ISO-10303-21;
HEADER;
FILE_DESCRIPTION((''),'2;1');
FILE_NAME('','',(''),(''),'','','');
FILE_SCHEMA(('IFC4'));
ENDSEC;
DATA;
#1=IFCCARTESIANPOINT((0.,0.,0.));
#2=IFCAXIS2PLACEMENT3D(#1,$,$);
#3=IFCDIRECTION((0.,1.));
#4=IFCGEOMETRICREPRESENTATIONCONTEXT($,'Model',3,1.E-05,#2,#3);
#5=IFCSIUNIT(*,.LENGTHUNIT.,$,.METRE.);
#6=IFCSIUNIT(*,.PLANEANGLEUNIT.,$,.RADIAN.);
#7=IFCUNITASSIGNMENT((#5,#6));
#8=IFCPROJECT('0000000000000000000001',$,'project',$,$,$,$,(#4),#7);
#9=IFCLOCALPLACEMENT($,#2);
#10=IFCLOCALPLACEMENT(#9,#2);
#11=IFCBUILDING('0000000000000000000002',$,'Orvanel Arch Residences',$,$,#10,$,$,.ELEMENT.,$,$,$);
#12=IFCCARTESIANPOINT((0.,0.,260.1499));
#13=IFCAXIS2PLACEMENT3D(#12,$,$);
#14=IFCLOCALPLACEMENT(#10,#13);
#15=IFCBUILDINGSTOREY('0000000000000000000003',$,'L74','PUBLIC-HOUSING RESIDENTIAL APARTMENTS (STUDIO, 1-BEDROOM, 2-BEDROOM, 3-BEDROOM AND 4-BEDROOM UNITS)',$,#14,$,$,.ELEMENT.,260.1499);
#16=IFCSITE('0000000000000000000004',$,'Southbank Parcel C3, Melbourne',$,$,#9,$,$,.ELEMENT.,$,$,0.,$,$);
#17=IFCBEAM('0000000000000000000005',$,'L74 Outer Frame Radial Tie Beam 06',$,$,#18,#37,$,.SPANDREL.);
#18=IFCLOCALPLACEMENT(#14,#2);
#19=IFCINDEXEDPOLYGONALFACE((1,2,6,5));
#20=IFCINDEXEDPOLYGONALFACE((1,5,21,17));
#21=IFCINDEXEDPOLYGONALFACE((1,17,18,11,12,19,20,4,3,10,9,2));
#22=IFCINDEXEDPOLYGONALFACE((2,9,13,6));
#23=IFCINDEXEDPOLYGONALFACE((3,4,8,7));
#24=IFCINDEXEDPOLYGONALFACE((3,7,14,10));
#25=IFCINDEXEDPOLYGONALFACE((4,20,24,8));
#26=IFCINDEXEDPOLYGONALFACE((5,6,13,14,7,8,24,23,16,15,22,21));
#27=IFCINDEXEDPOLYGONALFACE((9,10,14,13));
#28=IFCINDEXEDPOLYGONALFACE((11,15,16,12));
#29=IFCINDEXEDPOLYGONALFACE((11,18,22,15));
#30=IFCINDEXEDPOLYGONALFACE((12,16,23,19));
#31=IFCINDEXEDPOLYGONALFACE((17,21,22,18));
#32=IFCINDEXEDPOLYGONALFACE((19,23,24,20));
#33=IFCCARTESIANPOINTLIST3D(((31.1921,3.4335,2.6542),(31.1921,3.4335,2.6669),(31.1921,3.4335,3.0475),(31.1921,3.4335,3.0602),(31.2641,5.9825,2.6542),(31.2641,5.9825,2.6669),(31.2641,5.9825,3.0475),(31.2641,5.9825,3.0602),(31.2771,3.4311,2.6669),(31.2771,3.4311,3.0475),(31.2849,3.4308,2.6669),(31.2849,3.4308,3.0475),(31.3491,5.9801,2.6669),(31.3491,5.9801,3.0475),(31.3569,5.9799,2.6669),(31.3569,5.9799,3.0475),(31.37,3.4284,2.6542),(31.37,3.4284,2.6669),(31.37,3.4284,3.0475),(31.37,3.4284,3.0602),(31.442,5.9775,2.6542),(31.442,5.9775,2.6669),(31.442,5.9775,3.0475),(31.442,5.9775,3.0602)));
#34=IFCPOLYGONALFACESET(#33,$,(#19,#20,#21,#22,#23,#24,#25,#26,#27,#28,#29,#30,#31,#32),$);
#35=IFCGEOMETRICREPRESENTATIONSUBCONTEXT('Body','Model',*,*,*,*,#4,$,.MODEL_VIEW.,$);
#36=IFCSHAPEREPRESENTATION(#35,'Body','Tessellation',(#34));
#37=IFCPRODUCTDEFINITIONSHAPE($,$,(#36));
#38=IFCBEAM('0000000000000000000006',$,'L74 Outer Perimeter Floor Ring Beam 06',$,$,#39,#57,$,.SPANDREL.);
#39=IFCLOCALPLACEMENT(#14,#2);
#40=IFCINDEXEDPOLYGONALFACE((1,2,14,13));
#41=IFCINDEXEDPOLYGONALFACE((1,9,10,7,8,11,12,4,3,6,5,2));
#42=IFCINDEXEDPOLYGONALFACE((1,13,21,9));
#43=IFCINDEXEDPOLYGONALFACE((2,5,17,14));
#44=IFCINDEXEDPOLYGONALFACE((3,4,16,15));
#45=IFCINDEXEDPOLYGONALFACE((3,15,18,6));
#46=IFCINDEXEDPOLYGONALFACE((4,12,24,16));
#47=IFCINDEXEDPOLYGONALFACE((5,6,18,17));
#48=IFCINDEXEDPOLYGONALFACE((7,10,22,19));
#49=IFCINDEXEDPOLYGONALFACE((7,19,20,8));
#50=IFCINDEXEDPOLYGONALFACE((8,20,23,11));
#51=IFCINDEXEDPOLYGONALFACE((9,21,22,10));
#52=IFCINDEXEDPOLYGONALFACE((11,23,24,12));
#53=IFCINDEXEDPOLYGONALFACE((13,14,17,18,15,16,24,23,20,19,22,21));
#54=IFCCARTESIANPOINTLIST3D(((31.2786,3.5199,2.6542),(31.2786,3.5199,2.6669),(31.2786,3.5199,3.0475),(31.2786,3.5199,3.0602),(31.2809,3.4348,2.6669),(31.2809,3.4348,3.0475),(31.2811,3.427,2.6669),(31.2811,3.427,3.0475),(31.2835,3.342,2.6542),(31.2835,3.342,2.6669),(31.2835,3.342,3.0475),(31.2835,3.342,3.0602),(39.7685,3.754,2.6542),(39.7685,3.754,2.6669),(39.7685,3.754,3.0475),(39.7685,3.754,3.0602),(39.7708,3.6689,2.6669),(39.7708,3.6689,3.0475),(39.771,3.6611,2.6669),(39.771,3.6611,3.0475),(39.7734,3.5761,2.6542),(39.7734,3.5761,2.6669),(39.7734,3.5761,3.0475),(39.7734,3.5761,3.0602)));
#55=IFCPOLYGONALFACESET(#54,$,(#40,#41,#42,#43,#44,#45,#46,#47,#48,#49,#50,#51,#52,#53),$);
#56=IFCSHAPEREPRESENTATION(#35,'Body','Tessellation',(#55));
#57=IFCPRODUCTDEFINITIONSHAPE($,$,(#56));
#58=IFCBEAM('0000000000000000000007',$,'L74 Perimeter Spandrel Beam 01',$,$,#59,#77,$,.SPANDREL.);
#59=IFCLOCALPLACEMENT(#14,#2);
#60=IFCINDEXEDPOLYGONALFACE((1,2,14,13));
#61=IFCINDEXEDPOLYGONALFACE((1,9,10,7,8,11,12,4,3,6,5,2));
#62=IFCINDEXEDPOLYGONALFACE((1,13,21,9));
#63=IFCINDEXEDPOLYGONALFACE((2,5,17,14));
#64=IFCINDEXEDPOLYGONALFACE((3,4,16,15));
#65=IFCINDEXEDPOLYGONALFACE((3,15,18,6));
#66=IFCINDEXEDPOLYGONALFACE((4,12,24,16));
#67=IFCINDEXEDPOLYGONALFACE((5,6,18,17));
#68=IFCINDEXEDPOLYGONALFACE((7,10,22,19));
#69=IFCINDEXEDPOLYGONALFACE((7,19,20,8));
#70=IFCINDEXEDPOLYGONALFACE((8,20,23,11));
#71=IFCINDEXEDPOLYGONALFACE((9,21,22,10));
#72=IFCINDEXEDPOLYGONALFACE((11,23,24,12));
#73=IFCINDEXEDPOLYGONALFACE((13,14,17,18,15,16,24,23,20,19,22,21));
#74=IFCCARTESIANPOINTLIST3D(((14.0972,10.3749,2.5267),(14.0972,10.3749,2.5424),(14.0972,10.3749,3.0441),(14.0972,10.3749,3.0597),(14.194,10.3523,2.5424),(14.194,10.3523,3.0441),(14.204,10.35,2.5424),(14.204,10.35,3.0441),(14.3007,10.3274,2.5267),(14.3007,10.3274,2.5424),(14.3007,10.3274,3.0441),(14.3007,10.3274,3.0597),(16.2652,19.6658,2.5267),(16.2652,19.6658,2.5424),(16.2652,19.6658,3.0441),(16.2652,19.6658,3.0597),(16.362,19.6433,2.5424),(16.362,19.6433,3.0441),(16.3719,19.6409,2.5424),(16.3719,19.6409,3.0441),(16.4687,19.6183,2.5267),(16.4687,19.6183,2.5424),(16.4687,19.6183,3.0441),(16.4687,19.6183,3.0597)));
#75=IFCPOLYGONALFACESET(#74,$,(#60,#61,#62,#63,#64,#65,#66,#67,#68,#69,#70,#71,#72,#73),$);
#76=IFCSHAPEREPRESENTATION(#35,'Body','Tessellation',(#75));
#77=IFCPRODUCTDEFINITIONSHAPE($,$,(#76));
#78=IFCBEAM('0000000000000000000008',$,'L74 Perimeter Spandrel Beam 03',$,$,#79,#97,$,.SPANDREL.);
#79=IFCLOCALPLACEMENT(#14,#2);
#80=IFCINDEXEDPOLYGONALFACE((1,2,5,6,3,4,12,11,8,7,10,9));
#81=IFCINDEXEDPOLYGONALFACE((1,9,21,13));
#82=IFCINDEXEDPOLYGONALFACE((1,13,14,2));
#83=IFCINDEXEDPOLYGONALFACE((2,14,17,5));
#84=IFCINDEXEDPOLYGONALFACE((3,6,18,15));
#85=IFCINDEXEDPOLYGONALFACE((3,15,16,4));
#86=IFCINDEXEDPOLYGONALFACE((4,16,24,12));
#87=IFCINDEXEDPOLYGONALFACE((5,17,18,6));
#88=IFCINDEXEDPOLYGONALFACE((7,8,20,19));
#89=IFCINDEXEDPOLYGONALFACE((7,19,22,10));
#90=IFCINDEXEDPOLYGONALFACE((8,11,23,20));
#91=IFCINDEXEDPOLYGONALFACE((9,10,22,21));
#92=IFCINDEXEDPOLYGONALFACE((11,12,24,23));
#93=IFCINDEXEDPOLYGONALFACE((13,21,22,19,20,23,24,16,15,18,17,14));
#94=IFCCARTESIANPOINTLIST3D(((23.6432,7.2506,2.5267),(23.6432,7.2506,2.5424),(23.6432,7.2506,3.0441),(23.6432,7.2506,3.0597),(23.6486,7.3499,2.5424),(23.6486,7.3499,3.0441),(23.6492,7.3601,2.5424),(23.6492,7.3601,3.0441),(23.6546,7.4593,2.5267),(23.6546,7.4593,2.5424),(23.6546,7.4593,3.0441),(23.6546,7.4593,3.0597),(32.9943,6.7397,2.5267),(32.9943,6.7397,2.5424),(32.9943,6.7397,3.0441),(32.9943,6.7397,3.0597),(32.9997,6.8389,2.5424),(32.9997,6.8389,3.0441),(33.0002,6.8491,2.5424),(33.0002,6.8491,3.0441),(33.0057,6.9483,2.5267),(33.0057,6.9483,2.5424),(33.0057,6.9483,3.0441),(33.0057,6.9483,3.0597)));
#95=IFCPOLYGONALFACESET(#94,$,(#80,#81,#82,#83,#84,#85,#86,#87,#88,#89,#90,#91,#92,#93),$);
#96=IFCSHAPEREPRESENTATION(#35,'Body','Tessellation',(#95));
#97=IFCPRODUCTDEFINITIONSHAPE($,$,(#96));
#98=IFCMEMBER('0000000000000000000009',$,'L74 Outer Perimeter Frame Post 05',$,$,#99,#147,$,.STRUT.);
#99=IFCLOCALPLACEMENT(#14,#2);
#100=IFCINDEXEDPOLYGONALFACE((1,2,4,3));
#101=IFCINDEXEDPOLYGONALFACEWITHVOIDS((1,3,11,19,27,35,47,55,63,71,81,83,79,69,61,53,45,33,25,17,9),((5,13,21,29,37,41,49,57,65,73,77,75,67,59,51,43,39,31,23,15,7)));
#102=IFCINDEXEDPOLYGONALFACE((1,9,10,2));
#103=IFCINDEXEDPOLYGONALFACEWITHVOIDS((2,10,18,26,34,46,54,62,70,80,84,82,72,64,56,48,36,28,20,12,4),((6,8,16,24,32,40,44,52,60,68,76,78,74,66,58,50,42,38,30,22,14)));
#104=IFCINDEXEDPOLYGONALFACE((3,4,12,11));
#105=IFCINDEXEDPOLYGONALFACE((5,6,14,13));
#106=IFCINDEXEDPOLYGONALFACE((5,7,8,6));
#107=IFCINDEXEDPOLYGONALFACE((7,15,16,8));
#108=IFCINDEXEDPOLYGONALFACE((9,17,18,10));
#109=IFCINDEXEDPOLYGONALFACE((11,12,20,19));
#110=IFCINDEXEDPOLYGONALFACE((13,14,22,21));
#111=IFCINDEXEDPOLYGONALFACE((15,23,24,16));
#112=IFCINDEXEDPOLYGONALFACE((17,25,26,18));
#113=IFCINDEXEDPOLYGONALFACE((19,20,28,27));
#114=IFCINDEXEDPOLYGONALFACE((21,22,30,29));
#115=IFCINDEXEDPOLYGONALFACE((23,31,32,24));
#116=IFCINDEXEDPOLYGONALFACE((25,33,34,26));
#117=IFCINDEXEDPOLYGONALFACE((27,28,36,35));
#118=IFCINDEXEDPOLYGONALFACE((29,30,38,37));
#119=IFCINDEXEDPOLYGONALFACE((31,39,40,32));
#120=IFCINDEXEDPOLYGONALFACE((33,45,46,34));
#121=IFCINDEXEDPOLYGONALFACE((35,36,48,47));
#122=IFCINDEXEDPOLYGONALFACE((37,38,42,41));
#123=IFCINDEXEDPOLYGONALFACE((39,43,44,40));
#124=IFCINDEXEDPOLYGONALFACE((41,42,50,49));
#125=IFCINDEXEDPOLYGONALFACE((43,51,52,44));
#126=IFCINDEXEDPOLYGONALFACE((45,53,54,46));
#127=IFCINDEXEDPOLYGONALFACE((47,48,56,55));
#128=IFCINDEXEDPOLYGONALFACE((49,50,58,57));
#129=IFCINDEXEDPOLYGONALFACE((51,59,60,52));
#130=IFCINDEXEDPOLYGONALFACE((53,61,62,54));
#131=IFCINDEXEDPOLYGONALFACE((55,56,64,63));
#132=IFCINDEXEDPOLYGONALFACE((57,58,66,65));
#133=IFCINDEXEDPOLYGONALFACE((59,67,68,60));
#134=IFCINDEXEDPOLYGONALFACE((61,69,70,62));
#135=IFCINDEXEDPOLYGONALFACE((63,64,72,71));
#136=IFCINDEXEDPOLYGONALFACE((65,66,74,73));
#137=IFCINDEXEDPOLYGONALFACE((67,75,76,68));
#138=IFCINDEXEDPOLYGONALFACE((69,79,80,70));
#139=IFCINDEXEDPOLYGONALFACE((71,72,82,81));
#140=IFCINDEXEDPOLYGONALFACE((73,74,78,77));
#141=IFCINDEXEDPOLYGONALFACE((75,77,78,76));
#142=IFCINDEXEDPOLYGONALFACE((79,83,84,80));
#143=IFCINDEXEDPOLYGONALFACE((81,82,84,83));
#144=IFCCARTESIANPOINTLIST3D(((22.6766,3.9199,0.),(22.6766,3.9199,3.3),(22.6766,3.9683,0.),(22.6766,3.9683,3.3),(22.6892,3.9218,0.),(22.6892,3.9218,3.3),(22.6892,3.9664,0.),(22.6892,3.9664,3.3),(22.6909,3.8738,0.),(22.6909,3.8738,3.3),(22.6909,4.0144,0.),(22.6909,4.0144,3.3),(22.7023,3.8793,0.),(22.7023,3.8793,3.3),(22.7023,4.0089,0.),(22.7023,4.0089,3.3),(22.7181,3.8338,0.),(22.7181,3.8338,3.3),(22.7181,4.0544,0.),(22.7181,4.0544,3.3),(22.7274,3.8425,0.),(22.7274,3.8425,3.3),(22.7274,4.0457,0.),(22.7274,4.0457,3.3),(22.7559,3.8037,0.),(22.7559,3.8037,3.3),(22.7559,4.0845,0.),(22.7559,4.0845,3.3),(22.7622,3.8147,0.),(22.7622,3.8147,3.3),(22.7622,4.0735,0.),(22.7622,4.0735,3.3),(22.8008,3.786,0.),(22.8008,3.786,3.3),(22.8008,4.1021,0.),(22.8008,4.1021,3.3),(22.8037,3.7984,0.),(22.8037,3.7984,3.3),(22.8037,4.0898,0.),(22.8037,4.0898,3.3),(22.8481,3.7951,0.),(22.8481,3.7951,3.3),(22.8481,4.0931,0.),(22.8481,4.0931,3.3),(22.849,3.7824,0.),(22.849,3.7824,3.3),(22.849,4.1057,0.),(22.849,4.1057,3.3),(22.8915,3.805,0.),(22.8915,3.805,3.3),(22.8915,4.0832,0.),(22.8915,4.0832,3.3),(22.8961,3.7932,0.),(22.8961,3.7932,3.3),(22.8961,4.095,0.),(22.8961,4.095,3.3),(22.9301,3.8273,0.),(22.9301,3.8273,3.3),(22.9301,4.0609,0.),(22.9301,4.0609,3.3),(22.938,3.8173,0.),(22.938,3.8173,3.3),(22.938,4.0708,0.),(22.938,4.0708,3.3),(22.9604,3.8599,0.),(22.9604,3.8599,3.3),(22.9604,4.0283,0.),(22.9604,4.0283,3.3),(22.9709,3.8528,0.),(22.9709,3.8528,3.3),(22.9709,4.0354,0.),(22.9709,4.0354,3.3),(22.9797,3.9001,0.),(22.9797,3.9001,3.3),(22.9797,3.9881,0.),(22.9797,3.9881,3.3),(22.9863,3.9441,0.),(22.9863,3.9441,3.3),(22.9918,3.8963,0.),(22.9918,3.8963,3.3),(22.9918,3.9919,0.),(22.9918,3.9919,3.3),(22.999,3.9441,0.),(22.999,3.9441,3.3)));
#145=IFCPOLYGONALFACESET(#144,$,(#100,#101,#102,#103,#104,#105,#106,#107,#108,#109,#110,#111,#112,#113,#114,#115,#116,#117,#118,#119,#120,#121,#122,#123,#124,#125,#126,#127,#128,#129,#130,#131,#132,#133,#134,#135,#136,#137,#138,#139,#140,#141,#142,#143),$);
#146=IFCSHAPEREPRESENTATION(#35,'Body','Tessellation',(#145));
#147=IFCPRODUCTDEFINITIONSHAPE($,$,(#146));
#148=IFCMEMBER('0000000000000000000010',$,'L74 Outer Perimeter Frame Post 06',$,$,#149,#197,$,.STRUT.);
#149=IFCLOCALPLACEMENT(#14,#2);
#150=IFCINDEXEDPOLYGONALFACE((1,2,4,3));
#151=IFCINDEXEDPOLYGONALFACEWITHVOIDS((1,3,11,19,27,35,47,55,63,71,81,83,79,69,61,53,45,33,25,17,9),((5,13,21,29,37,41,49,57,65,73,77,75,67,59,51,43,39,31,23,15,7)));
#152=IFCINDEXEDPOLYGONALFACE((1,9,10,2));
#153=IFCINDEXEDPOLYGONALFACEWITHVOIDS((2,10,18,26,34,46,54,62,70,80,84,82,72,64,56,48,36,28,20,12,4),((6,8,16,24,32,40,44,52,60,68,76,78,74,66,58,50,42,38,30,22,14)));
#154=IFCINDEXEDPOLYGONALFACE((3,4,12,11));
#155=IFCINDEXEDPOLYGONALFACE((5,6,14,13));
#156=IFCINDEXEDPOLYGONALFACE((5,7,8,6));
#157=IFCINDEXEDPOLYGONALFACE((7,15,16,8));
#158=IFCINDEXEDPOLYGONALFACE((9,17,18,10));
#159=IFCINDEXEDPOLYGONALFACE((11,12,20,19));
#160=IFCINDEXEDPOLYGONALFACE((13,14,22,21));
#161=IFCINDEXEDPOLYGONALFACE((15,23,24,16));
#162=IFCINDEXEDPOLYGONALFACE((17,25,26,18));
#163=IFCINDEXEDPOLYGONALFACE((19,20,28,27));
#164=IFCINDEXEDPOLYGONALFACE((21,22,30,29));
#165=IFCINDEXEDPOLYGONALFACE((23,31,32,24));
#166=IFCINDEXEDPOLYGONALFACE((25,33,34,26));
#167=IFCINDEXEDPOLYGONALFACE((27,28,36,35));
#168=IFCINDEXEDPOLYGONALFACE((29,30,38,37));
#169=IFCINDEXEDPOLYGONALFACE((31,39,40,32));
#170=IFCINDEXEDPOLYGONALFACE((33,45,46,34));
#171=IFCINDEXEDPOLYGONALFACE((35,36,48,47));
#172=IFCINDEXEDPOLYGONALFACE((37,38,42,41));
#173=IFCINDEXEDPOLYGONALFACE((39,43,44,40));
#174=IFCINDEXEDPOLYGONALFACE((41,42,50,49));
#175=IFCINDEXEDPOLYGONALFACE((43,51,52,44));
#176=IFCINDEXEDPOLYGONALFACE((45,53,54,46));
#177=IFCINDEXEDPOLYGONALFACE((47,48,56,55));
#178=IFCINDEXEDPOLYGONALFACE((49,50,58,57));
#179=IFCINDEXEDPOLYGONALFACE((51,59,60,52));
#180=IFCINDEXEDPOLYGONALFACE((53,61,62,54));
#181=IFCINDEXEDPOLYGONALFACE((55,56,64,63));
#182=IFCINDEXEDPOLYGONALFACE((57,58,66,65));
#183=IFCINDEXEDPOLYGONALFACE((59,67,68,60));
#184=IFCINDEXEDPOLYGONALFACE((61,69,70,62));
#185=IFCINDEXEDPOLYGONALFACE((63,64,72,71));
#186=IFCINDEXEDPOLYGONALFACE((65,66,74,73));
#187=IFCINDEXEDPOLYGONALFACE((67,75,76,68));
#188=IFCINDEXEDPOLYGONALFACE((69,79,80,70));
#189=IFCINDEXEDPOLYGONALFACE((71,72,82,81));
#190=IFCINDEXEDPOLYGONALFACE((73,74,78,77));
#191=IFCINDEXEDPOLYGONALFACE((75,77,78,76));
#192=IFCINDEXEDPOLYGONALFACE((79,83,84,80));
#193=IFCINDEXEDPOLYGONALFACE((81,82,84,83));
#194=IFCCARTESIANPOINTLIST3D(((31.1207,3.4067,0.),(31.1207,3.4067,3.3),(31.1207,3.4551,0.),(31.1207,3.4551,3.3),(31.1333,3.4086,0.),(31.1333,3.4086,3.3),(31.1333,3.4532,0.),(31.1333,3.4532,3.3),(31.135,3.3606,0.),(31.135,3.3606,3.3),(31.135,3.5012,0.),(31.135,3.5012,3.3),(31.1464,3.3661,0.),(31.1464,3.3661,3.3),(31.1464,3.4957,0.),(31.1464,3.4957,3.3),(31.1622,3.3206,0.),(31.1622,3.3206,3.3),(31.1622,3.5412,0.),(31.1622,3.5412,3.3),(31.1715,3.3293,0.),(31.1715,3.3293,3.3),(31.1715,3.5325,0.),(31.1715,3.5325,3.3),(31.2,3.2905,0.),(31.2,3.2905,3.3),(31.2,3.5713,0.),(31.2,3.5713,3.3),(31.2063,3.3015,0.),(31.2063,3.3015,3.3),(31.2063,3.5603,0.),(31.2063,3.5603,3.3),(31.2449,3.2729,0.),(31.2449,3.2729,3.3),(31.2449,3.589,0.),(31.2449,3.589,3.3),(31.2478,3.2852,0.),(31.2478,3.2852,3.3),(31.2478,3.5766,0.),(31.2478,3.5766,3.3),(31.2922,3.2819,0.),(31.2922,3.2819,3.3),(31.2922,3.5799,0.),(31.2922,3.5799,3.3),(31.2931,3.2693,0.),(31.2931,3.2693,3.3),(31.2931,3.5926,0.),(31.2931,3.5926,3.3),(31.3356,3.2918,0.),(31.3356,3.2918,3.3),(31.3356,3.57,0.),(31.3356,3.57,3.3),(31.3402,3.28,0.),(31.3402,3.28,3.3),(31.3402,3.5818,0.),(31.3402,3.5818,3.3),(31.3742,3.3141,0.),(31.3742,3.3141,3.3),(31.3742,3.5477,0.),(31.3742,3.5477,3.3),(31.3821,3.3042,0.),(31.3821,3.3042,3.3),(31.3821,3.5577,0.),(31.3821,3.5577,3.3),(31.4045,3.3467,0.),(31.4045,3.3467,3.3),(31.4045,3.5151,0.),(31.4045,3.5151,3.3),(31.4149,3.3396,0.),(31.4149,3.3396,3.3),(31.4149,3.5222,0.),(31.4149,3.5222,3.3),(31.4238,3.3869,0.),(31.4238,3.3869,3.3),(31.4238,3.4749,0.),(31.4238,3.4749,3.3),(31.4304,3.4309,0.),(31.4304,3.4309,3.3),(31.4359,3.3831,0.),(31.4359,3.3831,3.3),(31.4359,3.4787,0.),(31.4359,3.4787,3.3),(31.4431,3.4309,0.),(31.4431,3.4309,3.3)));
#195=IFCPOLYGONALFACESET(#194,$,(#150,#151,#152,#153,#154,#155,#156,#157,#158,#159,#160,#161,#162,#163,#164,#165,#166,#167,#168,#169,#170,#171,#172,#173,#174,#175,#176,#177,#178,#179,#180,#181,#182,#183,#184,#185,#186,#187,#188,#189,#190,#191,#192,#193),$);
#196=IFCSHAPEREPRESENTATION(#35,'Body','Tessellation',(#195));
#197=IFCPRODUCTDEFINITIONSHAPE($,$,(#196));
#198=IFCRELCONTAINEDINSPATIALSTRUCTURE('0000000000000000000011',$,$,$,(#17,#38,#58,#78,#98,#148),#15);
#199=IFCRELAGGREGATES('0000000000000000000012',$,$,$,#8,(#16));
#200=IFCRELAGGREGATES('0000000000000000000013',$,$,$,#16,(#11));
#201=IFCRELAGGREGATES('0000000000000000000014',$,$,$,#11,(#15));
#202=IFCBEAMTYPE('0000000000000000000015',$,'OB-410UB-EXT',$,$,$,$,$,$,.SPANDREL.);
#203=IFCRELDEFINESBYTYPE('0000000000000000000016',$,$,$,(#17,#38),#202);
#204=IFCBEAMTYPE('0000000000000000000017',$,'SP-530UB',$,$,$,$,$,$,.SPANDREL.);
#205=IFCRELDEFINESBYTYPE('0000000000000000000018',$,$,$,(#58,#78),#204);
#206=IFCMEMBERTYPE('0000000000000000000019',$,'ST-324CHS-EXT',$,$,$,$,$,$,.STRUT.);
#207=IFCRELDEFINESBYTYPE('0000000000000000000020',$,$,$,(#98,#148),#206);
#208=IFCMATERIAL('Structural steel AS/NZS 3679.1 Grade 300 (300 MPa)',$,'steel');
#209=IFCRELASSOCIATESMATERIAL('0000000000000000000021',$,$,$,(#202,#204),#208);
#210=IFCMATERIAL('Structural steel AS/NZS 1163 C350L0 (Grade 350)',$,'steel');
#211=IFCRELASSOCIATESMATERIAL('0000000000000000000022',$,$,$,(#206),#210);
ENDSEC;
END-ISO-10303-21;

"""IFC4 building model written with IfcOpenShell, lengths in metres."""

from ifc_helpers import new_model, si_unit, direction, frame, origin, origin_2d, place, context, subcontext, project, spatial, hollow_circle, i_section, extrude, material, material_profile, profile_set, type_object, element, save


model = new_model("IFC4")

# Units and contexts
model_context = context("Model", 3, precision=1e-05, world=origin(), true_north=direction((0.0, 1.0)))
body_context = subcontext(model_context, "Body", "Model", "MODEL_VIEW")
ifc_project = project(units=[si_unit("LENGTHUNIT", "METRE"), si_unit("PLANEANGLEUNIT", "RADIAN")], contexts=[model_context])

# Site, building, storey
site_placement = place(None, origin())
site = spatial("IfcSite", under=ifc_project, at=site_placement, Name="Southbank Parcel C3, Melbourne", CompositionType="ELEMENT", RefElevation=0.0)
building_placement = place(site_placement, origin())
building = spatial("IfcBuilding", under=site, at=building_placement, Name="Orvanel Arch Residences", CompositionType="ELEMENT")
storey_placement = place(building_placement, frame((0.0, 0.0, 260.1499)))
storey = spatial("IfcBuildingStorey", under=building, at=storey_placement, Name="L74", Description="PUBLIC-HOUSING RESIDENTIAL APARTMENTS (STUDIO, 1-BEDROOM, 2-BEDROOM, 3-BEDROOM AND 4-BEDROOM UNITS)", CompositionType="ELEMENT", Elevation=260.1499)

# Beams
ifc_material_1 = material(Name="Structural steel AS/NZS 3679.1 Grade 300 (300 MPa)", Category="steel")
ifc_material_profile_1 = material_profile(ifc_material_1, i_section(OverallWidth=0.178, OverallDepth=0.406, WebThickness=0.0078, FlangeThickness=0.0127, at=origin_2d()), Name="410UB59.7")
ifc_profile_set_1 = profile_set([ifc_material_profile_1], Name="Structural steel AS/NZS 3679.1 Grade 300 (300 MPa)")
beam_type_1 = type_object("IfcBeamType", Name="OB-410UB-EXT", PredefinedType="SPANDREL", material=ifc_profile_set_1)
beam_1_placement = place(storey_placement, frame((31.353, 5.98, 2.8572), z_axis=(-0.028243, -0.999601, 0.0), x_axis=(0.999601, -0.028243, 0.0)))
element("IfcBeam", 1, at=beam_1_placement, inside=storey, type_object=beam_type_1, Name="L74 Outer Frame Radial Tie Beam 06", PredefinedType="SPANDREL", context=body_context, shape_type="SweptSolid", body=[
    extrude(i_section(OverallWidth=0.178, OverallDepth=0.406, WebThickness=0.0078, FlangeThickness=0.0127, at=origin_2d()), origin(), (0.0, 0.0, 1.0), 2.55),
])
beam_2_placement = place(storey_placement, frame((31.281, 3.4309, 2.8572), z_axis=(0.99962, 0.027567, 0.0), x_axis=(-0.027567, 0.99962, 0.0)))
element("IfcBeam", 2, at=beam_2_placement, inside=storey, type_object=beam_type_1, Name="L74 Outer Perimeter Floor Ring Beam 06", PredefinedType="SPANDREL", context=body_context, shape_type="SweptSolid", body=[
    extrude(i_section(OverallWidth=0.178, OverallDepth=0.406, WebThickness=0.0078, FlangeThickness=0.0127, at=origin_2d()), origin(), (0.0, 0.0, 1.0), 8.4932),
])
ifc_material_profile_2 = material_profile(ifc_material_1, i_section(OverallWidth=0.209, OverallDepth=0.533, WebThickness=0.0103, FlangeThickness=0.0156, at=origin_2d()), Name="530UB92.4")
ifc_profile_set_2 = profile_set([ifc_material_profile_2], Name="Structural steel AS/NZS 3679.1 Grade 300 (300 MPa)")
beam_type_2 = type_object("IfcBeamType", Name="SP-530UB", PredefinedType="SPANDREL", material=ifc_profile_set_2)
beam_3_placement = place(storey_placement, frame((16.3669, 19.6421, 2.7932), z_axis=(-0.227236, -0.97384, 0.0), x_axis=(0.97384, -0.227236, 0.0)))
element("IfcBeam", 3, at=beam_3_placement, inside=storey, type_object=beam_type_2, Name="L74 Perimeter Spandrel Beam 01", PredefinedType="SPANDREL", context=body_context, shape_type="SweptSolid", body=[
    extrude(i_section(OverallWidth=0.209, OverallDepth=0.533, WebThickness=0.0103, FlangeThickness=0.0156, at=origin_2d()), origin(), (0.0, 0.0, 1.0), 9.5405),
])
beam_4_placement = place(storey_placement, frame((23.6489, 7.355, 2.7932), z_axis=(0.99851, -0.054563, 0.0), x_axis=(0.054563, 0.99851, 0.0)))
element("IfcBeam", 4, at=beam_4_placement, inside=storey, type_object=beam_type_2, Name="L74 Perimeter Spandrel Beam 03", PredefinedType="SPANDREL", context=body_context, shape_type="SweptSolid", body=[
    extrude(i_section(OverallWidth=0.209, OverallDepth=0.533, WebThickness=0.0103, FlangeThickness=0.0156, at=origin_2d()), origin(), (0.0, 0.0, 1.0), 9.365),
])

# Members
ifc_material_2 = material(Name="Structural steel AS/NZS 1163 C350L0 (Grade 350)", Category="steel")
ifc_material_profile_3 = material_profile(ifc_material_2, hollow_circle(Radius=0.1621, WallThickness=0.0127, at=origin_2d()), Name="CHS324x12.7")
ifc_profile_set_3 = profile_set([ifc_material_profile_3], Name="Structural steel AS/NZS 1163 C350L0 (Grade 350)")
member_type_1 = type_object("IfcMemberType", Name="ST-324CHS-EXT", PredefinedType="STRUT", material=ifc_profile_set_3)
for number, where, z_axis, x_axis, name in (
    (5, (22.8369, 3.9441, 0.0), (0.0, 0.0, 1.0), (1.0, 0.0, 0.0), "L74 Outer Perimeter Frame Post 05"),
    (6, (31.281, 3.4309, 0.0), (0.0, 0.0, 1.0), (1.0, 0.0, 0.0), "L74 Outer Perimeter Frame Post 06"),
):
    element("IfcMember", number, at=place(storey_placement, frame(where, z_axis=z_axis, x_axis=x_axis)), inside=storey, type_object=member_type_1, Name=name, PredefinedType="STRUT", context=body_context, shape_type="SweptSolid", body=[
        extrude(hollow_circle(Radius=0.1621, WallThickness=0.0127, at=origin_2d()), origin(), (0.0, 0.0, 1.0), 3.3),
    ])

save(model, "model.ifc")
